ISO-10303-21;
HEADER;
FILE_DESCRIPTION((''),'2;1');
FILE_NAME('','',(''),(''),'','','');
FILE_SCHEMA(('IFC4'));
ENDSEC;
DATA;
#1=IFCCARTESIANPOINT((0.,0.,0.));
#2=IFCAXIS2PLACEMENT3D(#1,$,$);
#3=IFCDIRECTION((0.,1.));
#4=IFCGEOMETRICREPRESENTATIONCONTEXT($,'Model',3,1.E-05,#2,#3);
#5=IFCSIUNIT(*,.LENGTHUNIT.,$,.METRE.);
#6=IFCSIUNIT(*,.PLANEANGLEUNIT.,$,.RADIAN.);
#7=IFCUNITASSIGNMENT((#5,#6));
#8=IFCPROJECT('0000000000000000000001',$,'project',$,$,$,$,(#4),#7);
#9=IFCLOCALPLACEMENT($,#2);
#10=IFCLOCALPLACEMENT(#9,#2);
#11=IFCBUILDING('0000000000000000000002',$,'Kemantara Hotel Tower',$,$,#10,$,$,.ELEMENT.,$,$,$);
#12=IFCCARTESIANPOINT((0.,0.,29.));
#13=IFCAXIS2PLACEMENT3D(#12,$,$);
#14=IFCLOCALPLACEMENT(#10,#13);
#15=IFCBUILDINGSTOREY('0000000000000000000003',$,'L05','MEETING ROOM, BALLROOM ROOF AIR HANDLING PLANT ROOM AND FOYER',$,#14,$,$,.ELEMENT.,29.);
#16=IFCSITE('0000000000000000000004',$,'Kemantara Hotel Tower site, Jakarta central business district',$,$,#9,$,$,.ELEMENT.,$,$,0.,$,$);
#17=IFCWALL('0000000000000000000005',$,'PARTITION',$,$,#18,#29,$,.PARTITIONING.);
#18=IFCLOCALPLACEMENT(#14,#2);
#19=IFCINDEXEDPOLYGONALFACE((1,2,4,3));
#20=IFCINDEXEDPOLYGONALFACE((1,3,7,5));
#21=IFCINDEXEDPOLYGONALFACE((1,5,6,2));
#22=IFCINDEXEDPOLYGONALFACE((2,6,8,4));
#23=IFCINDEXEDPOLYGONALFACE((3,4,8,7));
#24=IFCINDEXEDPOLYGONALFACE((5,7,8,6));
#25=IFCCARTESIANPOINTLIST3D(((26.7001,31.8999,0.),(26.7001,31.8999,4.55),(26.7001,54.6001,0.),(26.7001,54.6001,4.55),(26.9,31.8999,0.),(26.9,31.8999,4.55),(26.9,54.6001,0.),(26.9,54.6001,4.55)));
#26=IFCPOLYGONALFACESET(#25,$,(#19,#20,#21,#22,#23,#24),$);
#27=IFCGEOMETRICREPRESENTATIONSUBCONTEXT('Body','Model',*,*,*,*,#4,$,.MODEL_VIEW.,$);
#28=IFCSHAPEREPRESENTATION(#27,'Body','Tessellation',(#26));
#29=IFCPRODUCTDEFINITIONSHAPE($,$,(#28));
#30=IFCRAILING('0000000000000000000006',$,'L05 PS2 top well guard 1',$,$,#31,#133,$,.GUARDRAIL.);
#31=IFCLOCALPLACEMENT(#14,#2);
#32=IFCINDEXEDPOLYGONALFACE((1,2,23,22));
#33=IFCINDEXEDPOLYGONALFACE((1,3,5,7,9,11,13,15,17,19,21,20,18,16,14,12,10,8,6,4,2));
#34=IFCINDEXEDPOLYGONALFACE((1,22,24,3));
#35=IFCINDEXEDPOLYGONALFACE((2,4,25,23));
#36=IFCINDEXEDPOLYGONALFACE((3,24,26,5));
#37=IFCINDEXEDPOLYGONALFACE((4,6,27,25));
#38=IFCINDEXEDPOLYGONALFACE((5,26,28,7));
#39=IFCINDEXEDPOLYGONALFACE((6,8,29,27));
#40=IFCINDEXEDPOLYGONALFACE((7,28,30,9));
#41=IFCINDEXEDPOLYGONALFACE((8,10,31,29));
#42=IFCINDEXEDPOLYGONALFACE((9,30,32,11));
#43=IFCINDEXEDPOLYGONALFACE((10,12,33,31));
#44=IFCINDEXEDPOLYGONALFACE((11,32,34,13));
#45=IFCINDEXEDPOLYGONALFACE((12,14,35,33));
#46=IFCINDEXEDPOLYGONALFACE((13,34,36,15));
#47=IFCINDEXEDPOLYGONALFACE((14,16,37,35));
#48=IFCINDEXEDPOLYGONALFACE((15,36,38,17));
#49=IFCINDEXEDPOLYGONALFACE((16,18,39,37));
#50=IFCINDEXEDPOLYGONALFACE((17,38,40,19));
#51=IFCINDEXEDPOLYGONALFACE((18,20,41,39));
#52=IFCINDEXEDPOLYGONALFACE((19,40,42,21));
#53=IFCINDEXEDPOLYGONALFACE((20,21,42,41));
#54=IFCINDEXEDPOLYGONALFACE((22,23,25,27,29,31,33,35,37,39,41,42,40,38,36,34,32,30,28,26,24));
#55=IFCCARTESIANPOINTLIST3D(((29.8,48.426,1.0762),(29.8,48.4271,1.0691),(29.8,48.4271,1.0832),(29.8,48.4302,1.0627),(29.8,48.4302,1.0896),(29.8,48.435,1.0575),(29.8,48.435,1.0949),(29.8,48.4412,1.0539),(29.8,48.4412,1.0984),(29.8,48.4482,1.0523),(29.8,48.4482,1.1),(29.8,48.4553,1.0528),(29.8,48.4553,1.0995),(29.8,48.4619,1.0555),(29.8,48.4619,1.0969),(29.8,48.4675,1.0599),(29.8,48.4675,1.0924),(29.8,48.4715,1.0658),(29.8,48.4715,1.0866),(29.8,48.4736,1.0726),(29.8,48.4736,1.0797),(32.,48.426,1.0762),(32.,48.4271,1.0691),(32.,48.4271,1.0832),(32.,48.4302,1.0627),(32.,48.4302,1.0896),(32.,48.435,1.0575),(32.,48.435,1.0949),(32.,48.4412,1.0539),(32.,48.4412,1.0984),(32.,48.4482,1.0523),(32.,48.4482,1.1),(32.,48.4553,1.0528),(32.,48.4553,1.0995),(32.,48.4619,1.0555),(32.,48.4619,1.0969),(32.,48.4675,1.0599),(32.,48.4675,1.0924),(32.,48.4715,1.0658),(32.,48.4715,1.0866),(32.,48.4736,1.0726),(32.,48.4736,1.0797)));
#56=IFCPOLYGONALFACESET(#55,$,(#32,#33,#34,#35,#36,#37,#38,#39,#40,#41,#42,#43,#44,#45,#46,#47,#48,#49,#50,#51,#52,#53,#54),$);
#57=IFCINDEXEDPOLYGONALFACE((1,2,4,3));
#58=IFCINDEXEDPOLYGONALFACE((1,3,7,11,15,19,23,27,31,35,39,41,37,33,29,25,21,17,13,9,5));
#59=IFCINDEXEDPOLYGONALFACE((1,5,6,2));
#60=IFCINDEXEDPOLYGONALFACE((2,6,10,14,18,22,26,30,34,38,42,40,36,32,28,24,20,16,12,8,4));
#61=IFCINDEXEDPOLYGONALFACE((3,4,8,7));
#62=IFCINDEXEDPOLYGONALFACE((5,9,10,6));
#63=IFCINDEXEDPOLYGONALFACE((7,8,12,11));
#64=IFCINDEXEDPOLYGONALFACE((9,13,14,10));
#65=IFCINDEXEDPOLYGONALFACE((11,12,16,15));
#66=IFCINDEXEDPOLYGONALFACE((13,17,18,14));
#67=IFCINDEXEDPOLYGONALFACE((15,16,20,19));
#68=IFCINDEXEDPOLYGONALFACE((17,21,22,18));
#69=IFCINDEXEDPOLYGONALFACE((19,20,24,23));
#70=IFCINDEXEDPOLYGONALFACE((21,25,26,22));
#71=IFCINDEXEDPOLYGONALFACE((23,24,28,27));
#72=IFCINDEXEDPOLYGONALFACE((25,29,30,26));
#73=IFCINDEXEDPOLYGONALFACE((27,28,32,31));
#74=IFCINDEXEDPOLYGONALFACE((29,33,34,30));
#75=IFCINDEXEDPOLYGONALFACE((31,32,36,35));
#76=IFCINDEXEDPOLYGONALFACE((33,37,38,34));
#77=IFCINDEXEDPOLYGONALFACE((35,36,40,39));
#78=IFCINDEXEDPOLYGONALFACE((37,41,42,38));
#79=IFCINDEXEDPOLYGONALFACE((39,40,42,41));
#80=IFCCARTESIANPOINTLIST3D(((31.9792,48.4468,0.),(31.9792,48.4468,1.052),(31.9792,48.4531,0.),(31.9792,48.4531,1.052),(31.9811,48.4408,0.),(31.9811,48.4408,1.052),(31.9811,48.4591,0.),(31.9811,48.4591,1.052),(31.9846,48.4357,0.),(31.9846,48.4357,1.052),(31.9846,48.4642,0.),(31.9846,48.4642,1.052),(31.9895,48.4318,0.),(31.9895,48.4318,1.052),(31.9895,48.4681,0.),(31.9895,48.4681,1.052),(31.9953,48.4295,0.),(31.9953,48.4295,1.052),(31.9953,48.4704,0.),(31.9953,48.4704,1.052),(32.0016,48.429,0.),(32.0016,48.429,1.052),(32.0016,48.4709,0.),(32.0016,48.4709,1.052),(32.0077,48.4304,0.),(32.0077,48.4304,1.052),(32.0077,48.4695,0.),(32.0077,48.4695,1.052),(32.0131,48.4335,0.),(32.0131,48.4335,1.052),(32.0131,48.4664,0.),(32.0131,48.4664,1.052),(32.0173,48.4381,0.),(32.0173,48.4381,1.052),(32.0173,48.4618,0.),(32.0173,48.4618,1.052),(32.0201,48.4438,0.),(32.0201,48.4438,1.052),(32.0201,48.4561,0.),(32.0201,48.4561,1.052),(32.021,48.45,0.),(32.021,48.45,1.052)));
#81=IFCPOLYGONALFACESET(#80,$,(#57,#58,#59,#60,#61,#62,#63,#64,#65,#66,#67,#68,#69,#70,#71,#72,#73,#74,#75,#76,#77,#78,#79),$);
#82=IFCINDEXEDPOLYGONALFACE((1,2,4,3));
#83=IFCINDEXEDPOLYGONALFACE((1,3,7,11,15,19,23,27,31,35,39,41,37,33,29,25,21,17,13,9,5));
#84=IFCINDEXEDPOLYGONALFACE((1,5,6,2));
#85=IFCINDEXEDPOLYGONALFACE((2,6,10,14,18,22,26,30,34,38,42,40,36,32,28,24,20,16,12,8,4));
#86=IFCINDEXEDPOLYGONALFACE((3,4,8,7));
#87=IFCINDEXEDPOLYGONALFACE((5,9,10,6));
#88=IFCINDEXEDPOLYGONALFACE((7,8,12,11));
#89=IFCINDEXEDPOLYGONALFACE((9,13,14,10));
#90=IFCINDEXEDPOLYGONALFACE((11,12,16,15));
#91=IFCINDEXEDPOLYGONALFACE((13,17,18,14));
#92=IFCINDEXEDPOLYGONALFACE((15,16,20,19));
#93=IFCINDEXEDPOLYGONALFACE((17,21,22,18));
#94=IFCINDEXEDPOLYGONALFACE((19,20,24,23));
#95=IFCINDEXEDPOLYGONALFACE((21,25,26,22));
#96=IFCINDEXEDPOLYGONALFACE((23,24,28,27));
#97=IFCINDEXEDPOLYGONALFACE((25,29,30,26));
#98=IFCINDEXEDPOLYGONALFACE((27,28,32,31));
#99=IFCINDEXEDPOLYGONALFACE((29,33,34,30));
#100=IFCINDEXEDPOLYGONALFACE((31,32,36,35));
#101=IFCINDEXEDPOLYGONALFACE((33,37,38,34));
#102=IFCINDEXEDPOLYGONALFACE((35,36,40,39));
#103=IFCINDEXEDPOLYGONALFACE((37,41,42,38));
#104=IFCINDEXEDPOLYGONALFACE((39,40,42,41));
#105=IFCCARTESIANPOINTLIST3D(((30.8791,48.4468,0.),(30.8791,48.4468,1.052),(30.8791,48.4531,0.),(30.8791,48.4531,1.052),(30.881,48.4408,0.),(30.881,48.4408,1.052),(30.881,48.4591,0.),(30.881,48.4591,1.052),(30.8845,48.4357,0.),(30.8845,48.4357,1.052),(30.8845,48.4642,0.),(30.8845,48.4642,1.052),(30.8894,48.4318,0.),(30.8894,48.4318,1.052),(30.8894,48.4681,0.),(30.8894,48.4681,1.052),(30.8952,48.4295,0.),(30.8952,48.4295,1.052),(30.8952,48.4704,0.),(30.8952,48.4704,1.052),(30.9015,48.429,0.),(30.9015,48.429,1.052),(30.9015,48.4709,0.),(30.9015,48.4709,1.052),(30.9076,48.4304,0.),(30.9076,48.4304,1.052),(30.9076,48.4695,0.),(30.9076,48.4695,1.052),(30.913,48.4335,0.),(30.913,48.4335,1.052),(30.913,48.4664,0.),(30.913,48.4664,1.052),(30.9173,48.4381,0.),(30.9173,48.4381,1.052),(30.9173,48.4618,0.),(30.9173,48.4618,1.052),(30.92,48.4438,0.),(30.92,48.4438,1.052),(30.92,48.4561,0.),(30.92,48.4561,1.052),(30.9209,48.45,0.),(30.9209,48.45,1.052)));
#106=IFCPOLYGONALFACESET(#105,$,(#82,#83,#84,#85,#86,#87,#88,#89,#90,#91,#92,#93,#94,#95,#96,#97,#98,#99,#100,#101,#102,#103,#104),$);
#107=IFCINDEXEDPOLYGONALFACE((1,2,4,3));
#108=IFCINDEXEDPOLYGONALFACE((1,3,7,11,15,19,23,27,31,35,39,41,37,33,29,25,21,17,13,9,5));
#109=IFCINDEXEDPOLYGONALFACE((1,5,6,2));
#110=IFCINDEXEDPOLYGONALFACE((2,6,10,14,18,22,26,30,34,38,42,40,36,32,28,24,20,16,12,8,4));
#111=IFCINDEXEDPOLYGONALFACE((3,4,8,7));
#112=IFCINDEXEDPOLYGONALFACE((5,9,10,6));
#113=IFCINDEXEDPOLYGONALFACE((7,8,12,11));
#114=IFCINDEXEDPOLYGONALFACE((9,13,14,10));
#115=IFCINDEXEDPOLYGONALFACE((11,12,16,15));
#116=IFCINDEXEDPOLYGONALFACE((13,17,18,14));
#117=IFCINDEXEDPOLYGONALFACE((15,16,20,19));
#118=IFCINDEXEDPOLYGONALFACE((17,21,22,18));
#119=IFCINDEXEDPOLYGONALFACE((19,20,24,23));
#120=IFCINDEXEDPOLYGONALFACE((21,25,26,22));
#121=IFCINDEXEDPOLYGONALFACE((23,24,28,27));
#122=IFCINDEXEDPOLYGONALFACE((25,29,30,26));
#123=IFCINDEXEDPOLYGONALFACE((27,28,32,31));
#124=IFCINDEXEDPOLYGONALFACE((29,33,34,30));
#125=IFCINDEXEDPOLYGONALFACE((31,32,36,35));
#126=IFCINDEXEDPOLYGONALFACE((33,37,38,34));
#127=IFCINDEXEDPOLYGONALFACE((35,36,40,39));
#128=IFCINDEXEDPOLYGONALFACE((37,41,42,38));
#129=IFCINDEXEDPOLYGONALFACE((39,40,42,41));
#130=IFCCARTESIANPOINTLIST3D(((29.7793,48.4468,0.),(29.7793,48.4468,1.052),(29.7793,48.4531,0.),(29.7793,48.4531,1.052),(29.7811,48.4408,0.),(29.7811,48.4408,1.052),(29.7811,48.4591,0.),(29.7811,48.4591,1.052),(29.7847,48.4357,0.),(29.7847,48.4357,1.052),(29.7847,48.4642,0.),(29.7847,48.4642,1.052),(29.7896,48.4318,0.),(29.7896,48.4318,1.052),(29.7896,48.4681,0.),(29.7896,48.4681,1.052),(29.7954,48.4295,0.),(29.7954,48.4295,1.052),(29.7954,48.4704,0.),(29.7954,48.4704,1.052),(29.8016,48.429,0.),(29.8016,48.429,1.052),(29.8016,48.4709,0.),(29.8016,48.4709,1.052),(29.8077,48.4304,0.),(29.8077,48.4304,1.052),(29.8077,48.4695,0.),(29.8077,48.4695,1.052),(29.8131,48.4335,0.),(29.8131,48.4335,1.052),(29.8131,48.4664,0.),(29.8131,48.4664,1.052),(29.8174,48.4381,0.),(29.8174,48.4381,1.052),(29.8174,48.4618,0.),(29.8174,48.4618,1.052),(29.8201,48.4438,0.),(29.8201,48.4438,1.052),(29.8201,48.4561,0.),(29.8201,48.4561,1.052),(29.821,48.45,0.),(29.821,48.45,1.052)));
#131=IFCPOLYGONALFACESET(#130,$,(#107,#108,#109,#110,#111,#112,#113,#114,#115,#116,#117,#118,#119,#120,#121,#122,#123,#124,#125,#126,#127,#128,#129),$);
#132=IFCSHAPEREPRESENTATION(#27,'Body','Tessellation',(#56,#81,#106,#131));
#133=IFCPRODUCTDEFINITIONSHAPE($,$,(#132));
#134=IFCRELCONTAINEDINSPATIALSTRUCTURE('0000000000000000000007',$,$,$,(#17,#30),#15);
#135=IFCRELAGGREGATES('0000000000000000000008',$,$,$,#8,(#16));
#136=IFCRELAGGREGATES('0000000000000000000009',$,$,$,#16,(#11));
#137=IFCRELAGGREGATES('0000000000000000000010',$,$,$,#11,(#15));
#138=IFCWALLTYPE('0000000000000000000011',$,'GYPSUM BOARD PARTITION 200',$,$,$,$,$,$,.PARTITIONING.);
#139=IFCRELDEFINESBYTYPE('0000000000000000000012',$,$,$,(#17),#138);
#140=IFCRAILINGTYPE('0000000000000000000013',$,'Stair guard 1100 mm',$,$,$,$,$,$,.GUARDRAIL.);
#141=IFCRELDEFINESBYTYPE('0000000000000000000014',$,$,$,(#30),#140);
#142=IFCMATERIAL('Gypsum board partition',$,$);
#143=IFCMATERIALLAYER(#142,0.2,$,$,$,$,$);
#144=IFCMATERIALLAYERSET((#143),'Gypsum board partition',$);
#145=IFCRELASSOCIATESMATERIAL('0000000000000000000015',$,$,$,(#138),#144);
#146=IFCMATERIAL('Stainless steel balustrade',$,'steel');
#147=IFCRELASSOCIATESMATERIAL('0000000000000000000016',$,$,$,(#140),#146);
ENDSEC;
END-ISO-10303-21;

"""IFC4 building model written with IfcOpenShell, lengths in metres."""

from ifc_helpers import new_model, si_unit, direction, frame, frame_2d, origin, origin_2d, place, context, subcontext, project, spatial, rectangle, circle, extrude, material, layer, layer_set, type_object, element, save


model = new_model("IFC4")

# Units and contexts
model_context = context("Model", 3, precision=1e-05, world=origin(), true_north=direction((0.0, 1.0)))
body_context = subcontext(model_context, "Body", "Model", "MODEL_VIEW")
ifc_project = project(units=[si_unit("LENGTHUNIT", "METRE"), si_unit("PLANEANGLEUNIT", "RADIAN")], contexts=[model_context])

# Site, building, storey
site_placement = place(None, origin())
site = spatial("IfcSite", under=ifc_project, at=site_placement, Name="Kemantara Hotel Tower site, Jakarta central business district", CompositionType="ELEMENT", RefElevation=0.0)
building_placement = place(site_placement, origin())
building = spatial("IfcBuilding", under=site, at=building_placement, Name="Kemantara Hotel Tower", CompositionType="ELEMENT")
storey_placement = place(building_placement, frame((0.0, 0.0, 29.0)))
storey = spatial("IfcBuildingStorey", under=building, at=storey_placement, Name="L05", Description="MEETING ROOM, BALLROOM ROOF AIR HANDLING PLANT ROOM AND FOYER", CompositionType="ELEMENT", Elevation=29.0)

# Shared definitions
ifc_material_1 = material(Name="Gypsum board partition")
ifc_layer_1 = layer(ifc_material_1, 0.2)
ifc_layer_set_1 = layer_set([ifc_layer_1], Name="Gypsum board partition")
wall_type_1 = type_object("IfcWallType", Name="GYPSUM BOARD PARTITION 200", PredefinedType="PARTITIONING", material=ifc_layer_set_1)

# Wall
wall_1_placement = place(storey_placement, frame((26.8, 31.8999, 0.0), z_axis=(0.0, 0.0, 1.0), x_axis=(0.0, 1.0, 0.0)))
element("IfcWall", 1, at=wall_1_placement, inside=storey, type_object=wall_type_1, Name="PARTITION", PredefinedType="PARTITIONING", context=body_context, shape_type="SweptSolid", body=[
    extrude(rectangle(XDim=22.7002, YDim=0.2, at=frame_2d((11.3501, 0.0))), origin(), (0.0, 0.0, 1.0), 4.55),
])

# Railing
ifc_material_2 = material(Name="Stainless steel balustrade", Category="steel")
railing_type = type_object("IfcRailingType", Name="Stair guard 1100 mm", PredefinedType="GUARDRAIL", material=ifc_material_2)
railing_placement = place(storey_placement, frame((32.0, 48.45, 0.0)))
element("IfcRailing", 2, at=railing_placement, inside=storey, type_object=railing_type, Name="L05 PS2 top well guard 1", PredefinedType="GUARDRAIL", context=body_context, shape_type="SweptSolid", body=[
    extrude(circle(Radius=0.0239, at=origin_2d()), frame((0.0, 0.0, 1.0762), z_axis=(-1.0, 0.0, 0.0), x_axis=(0.0, -1.0, 0.0)), (0.0, 0.0, 1.0), 2.2),
    extrude(circle(Radius=0.021, at=origin_2d()), origin(), (0.0, 0.0, 1.0), 1.052),
    extrude(circle(Radius=0.021, at=origin_2d()), frame((-1.1001, 0.0, 0.0)), (0.0, 0.0, 1.0), 1.052),
    extrude(circle(Radius=0.021, at=origin_2d()), frame((-2.2, 0.0, 0.0)), (0.0, 0.0, 1.0), 1.052),
])

save(model, "model.ifc")
